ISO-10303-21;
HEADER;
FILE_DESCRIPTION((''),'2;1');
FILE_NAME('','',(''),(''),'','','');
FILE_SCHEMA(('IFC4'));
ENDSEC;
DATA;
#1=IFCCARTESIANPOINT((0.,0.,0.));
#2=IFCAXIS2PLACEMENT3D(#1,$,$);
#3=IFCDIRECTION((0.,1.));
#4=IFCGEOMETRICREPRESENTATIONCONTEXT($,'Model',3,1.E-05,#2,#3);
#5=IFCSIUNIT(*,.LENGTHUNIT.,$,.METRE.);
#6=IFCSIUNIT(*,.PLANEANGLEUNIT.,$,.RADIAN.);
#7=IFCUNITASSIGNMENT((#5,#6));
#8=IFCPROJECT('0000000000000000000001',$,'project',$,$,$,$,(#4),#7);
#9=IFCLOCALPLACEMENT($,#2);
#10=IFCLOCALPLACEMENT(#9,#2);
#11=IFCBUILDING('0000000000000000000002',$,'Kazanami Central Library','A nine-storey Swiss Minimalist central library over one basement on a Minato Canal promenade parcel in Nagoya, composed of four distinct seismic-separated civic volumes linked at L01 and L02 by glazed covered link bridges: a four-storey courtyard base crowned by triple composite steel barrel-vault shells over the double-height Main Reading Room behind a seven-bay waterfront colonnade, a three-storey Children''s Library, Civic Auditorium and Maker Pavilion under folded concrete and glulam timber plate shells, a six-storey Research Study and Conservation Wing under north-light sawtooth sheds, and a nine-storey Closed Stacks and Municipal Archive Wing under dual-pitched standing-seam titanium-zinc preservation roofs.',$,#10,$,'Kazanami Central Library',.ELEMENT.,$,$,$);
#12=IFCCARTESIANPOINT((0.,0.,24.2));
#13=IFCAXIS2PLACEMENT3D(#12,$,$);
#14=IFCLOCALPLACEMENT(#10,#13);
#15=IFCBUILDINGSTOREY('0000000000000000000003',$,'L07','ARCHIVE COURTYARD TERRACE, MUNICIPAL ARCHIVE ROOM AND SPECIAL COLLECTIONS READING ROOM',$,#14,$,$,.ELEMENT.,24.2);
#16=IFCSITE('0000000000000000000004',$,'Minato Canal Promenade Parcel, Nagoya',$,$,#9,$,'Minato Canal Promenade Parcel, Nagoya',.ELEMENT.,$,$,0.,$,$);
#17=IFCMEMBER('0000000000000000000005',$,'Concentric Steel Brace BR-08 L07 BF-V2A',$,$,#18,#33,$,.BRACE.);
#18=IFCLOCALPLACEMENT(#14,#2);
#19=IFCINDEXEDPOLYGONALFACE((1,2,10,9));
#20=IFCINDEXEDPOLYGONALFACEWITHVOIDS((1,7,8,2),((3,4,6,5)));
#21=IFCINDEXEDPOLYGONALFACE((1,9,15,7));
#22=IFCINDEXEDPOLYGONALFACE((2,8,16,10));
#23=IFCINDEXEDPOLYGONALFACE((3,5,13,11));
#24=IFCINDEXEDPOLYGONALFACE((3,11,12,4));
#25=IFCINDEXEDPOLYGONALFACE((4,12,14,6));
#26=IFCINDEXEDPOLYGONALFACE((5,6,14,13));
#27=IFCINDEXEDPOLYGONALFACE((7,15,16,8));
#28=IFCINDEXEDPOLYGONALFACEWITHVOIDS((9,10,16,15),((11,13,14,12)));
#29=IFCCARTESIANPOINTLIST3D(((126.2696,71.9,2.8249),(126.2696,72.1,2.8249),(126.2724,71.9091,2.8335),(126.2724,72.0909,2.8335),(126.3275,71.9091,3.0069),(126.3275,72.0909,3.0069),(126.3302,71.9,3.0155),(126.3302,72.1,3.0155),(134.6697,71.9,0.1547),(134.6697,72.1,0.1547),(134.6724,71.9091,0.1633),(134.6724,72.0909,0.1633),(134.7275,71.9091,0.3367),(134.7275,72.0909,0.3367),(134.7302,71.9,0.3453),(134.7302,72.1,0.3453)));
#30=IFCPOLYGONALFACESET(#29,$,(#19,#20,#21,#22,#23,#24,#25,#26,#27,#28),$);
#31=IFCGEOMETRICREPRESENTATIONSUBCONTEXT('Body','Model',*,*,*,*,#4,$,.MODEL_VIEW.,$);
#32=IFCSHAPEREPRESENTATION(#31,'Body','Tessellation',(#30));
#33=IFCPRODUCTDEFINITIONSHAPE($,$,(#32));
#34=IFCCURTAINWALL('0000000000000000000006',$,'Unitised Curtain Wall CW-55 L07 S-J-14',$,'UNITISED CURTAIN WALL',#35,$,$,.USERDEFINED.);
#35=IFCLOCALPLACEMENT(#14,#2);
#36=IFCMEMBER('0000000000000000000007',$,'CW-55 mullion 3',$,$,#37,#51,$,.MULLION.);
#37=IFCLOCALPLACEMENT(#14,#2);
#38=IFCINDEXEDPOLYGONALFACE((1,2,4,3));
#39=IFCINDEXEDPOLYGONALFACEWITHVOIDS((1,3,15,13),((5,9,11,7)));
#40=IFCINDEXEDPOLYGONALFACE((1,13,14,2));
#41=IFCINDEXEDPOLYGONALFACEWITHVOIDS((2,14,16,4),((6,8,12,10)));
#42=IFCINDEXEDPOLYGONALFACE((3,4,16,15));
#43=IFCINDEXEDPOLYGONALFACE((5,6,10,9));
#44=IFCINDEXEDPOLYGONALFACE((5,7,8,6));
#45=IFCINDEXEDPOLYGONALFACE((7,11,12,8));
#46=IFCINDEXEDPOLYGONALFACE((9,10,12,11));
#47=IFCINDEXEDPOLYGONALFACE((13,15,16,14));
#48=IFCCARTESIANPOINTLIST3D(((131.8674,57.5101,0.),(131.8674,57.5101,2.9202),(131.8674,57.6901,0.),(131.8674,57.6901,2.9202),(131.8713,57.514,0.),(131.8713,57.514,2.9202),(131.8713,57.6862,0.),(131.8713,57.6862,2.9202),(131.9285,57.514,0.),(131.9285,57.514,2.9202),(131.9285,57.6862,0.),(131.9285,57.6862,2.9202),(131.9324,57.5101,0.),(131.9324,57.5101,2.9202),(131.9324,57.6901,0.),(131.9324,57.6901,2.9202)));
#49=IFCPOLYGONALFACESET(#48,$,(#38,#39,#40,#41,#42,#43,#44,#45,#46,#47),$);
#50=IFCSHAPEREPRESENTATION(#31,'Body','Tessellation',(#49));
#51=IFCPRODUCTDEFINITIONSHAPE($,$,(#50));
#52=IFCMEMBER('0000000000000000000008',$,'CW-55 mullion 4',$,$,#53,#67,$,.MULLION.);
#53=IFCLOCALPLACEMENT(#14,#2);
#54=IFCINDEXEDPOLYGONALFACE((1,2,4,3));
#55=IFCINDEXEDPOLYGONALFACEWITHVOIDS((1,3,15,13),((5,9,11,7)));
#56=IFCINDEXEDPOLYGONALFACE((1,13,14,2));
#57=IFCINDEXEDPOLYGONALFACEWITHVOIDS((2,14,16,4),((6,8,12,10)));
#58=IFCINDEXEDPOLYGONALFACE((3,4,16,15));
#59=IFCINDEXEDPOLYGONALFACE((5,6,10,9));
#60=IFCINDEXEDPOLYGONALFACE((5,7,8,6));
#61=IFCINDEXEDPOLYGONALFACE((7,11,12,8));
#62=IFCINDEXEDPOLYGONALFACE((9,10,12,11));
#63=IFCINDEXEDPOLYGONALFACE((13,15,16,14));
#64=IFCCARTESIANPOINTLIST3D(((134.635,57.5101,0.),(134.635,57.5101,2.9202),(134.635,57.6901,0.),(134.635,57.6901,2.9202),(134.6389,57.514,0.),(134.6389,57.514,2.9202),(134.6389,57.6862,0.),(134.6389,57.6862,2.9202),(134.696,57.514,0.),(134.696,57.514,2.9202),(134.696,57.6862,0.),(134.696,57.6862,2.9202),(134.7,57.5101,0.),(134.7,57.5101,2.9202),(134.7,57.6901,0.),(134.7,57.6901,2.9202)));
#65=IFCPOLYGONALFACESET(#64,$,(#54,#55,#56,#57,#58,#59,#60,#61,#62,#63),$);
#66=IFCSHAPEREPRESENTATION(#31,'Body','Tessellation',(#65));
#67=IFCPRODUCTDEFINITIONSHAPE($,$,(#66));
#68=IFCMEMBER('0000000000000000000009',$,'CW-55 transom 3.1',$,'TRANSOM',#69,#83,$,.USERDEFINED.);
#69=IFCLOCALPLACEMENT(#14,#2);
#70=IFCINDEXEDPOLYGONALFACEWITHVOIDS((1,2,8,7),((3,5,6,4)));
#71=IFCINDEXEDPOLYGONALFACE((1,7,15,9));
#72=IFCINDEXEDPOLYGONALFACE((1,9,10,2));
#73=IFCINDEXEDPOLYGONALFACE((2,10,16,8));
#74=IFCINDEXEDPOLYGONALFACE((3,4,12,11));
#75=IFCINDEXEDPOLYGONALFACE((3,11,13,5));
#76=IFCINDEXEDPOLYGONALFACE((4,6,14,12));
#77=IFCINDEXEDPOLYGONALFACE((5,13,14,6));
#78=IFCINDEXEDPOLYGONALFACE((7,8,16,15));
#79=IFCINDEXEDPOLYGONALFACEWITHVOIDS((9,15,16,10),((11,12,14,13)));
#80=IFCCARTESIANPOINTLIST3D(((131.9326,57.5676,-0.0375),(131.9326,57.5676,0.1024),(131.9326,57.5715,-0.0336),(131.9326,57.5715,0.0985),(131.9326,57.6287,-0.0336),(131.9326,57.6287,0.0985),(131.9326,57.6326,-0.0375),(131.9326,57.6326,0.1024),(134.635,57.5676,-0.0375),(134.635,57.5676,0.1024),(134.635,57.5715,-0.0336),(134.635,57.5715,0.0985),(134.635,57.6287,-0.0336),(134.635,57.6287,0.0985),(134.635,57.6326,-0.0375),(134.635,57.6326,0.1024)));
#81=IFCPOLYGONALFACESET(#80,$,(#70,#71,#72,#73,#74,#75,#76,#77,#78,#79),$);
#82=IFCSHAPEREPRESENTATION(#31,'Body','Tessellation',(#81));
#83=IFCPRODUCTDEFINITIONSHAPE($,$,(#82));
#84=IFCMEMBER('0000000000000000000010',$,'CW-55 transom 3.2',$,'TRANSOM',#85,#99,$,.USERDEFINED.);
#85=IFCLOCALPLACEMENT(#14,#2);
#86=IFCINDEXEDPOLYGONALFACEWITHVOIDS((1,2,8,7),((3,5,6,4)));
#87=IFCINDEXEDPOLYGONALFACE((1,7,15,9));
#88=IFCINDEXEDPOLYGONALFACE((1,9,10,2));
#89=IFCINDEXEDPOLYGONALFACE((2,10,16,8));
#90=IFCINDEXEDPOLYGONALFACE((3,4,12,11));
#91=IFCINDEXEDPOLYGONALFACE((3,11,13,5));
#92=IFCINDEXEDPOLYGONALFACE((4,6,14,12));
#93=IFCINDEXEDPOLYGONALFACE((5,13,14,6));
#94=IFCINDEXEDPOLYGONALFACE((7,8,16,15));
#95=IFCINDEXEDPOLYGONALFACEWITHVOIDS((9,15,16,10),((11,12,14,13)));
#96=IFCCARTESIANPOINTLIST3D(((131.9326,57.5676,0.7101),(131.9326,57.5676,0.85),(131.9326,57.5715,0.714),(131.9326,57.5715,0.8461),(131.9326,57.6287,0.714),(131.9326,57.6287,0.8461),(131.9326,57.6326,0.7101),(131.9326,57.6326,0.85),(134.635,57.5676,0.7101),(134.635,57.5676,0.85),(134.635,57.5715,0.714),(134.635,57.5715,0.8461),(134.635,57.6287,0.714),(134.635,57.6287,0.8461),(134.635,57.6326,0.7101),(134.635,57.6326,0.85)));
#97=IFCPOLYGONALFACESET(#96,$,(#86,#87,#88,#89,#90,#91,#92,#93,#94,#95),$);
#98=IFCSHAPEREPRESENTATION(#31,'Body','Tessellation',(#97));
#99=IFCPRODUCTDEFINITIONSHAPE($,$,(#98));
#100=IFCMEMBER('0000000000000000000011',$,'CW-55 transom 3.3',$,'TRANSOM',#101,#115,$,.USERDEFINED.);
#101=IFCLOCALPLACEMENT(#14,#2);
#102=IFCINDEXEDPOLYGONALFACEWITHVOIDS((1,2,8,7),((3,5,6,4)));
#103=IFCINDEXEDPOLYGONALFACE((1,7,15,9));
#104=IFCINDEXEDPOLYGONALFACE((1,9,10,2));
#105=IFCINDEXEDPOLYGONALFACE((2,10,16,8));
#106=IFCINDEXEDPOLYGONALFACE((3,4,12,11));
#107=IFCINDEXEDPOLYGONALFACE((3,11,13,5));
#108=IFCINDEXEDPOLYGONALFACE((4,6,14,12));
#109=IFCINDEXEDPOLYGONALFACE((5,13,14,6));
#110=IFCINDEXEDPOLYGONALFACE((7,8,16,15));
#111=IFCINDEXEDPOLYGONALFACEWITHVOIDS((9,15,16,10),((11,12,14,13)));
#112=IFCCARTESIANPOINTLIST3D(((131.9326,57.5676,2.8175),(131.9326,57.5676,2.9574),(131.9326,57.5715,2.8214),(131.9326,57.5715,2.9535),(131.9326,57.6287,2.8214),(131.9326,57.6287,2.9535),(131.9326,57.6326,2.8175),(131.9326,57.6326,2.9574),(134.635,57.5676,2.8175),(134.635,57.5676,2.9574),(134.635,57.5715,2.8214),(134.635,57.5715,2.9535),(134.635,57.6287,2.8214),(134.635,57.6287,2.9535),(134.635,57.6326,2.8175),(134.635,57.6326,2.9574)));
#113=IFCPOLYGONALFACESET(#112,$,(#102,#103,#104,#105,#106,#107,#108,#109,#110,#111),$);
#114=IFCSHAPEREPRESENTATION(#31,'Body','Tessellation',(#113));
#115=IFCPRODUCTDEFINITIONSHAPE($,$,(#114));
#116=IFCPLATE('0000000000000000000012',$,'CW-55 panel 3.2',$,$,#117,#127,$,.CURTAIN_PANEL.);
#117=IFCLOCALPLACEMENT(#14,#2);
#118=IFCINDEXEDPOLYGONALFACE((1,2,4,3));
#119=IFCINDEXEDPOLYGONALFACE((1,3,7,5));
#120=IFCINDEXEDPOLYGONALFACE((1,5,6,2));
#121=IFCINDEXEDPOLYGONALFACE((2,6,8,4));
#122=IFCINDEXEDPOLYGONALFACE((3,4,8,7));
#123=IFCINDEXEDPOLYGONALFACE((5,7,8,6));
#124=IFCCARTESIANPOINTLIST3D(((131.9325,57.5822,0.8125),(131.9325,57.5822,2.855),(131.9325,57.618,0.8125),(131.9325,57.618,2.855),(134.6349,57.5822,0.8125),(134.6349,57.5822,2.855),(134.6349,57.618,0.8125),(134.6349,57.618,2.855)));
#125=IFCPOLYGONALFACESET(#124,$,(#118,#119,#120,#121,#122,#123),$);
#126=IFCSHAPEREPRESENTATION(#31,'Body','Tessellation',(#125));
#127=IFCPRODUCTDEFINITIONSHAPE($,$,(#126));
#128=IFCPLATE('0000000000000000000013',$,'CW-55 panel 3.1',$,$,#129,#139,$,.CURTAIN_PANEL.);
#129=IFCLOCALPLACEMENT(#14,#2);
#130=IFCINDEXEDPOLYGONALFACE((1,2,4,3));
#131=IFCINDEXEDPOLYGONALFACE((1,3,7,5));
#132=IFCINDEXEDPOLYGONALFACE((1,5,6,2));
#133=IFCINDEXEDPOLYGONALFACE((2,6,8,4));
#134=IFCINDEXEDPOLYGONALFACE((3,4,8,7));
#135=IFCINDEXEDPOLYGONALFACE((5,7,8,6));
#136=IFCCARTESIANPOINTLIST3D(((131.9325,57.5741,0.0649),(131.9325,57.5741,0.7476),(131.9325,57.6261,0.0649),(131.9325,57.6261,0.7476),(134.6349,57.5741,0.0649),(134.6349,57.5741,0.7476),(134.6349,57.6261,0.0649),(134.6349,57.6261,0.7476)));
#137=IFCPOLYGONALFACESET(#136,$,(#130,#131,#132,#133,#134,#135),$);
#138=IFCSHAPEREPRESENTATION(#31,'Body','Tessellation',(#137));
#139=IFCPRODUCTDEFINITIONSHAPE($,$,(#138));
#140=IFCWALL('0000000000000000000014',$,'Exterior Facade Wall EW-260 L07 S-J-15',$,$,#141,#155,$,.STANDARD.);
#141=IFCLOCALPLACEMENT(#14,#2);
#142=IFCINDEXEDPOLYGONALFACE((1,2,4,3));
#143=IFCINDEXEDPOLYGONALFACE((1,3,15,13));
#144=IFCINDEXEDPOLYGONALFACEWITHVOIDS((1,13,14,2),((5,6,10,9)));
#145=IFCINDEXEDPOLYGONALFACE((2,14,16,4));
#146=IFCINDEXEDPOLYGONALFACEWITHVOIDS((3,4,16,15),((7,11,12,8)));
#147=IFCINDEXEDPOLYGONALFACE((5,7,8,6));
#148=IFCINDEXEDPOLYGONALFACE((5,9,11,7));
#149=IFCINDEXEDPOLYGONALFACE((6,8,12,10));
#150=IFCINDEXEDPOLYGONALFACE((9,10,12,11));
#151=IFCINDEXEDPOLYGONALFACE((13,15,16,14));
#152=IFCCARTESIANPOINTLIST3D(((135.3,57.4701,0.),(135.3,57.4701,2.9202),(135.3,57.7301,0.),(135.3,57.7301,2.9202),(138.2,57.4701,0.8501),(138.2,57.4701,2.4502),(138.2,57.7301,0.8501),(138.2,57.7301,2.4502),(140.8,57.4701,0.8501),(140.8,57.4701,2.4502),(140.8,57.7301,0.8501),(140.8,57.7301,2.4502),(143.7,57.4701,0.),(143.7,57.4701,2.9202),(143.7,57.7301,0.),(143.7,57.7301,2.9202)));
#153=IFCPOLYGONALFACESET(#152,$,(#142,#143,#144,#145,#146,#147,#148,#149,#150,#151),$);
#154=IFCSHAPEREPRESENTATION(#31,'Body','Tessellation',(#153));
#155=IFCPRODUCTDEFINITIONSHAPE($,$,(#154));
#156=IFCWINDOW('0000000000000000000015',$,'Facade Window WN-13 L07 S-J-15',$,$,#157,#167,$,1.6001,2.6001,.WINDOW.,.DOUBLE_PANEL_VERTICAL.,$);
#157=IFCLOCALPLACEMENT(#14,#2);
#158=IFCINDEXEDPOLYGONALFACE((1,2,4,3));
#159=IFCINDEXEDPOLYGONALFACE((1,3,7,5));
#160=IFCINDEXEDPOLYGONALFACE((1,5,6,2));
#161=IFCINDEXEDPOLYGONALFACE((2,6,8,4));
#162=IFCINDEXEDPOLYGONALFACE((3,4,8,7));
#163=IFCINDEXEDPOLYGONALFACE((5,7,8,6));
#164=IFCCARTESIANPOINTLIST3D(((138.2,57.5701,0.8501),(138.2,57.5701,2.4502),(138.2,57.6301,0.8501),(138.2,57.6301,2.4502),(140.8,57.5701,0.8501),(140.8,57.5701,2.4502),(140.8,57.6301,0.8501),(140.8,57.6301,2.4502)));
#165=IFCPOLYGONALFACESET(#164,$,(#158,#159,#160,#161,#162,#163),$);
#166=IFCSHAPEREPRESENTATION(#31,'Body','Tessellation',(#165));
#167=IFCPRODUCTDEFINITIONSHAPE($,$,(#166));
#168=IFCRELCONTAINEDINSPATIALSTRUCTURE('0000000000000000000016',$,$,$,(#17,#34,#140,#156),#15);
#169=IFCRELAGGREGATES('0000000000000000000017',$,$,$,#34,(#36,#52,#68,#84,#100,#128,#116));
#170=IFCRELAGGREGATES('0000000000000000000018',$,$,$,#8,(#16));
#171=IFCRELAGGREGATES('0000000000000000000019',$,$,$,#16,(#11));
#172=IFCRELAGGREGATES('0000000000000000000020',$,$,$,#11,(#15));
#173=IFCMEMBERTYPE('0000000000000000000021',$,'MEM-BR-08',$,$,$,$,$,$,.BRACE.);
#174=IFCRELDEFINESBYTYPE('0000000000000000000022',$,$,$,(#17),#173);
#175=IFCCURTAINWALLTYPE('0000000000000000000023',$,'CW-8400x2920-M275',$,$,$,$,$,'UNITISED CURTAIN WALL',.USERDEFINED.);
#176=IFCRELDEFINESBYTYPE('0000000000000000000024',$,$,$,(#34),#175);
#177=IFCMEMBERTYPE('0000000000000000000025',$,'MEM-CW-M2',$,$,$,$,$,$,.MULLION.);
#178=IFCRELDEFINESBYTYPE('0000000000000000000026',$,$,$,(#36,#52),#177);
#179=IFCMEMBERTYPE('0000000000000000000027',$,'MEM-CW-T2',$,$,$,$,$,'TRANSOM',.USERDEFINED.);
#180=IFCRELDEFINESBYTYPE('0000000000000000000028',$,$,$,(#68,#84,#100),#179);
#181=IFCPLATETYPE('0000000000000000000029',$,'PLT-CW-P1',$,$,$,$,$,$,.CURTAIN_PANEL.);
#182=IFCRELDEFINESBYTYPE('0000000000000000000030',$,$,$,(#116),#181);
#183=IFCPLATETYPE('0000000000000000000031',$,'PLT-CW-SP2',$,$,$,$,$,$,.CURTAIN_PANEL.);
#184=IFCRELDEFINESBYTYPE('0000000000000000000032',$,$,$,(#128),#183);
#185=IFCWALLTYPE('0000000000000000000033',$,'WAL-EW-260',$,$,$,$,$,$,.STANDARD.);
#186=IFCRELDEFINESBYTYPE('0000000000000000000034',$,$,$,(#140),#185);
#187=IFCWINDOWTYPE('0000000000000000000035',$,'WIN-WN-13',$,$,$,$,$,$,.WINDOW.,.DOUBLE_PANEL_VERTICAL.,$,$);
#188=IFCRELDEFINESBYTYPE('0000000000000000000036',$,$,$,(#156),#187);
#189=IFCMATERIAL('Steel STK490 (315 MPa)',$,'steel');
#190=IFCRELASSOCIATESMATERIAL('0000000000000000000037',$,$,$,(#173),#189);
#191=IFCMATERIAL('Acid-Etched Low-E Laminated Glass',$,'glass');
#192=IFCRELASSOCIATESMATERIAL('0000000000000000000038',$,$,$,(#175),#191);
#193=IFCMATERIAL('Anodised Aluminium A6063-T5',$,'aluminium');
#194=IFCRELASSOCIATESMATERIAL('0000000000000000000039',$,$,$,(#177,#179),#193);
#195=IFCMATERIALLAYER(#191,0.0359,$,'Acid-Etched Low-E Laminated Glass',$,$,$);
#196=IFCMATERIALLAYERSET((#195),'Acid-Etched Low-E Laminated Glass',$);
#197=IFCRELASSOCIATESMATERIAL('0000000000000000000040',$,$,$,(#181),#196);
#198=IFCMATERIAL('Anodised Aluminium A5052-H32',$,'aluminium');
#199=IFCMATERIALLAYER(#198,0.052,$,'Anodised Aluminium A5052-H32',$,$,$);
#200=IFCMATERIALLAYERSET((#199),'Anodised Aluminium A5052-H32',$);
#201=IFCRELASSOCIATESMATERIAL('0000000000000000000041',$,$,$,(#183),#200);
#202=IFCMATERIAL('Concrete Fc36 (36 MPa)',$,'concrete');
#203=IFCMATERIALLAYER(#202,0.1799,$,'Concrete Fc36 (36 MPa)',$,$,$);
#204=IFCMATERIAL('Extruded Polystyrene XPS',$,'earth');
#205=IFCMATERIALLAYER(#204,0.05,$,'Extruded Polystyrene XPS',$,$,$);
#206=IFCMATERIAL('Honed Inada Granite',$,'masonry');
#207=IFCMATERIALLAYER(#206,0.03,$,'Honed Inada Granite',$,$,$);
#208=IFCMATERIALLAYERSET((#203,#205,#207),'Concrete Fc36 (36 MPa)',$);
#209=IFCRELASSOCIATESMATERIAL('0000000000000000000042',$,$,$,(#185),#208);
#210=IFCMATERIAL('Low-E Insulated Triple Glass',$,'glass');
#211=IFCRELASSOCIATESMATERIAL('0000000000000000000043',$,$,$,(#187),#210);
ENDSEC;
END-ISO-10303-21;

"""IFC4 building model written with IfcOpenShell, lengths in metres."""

from ifc_helpers import new_model, si_unit, direction, frame, frame_2d, origin, origin_2d, place, context, subcontext, project, spatial, rectangle, hollow_rectangle, extrude, material, layer, layer_set, material_profile, profile_set, type_object, element, fill, aggregate, save


model = new_model("IFC4")

# Units and contexts
model_context = context("Model", 3, precision=1e-05, world=origin(), true_north=direction((0.0, 1.0)))
body_context = subcontext(model_context, "Body", "Model", "MODEL_VIEW")
ifc_project = project(units=[si_unit("LENGTHUNIT", "METRE"), si_unit("PLANEANGLEUNIT", "RADIAN")], contexts=[model_context])

# Site, building, storey
site_placement = place(None, origin())
site = spatial("IfcSite", under=ifc_project, at=site_placement, Name="Minato Canal Promenade Parcel, Nagoya", LongName="Minato Canal Promenade Parcel, Nagoya", CompositionType="ELEMENT", RefElevation=0.0)
building_placement = place(site_placement, origin())
building = spatial("IfcBuilding", under=site, at=building_placement, Name="Kazanami Central Library", Description="A nine-storey Swiss Minimalist central library over one basement on a Minato Canal promenade parcel in Nagoya, composed of four distinct seismic-separated civic volumes linked at L01 and L02 by glazed covered link bridges: a four-storey courtyard base crowned by triple composite steel barrel-vault shells over the double-height Main Reading Room behind a seven-bay waterfront colonnade, a three-storey Children's Library, Civic Auditorium and Maker Pavilion under folded concrete and glulam timber plate shells, a six-storey Research Study and Conservation Wing under north-light sawtooth sheds, and a nine-storey Closed Stacks and Municipal Archive Wing under dual-pitched standing-seam titanium-zinc preservation roofs.", LongName="Kazanami Central Library", CompositionType="ELEMENT")
storey_placement = place(building_placement, frame((0.0, 0.0, 24.2)))
storey = spatial("IfcBuildingStorey", under=building, at=storey_placement, Name="L07", Description="ARCHIVE COURTYARD TERRACE, MUNICIPAL ARCHIVE ROOM AND SPECIAL COLLECTIONS READING ROOM", CompositionType="ELEMENT", Elevation=24.2)

# Member
ifc_material_1 = material(Name="Steel STK490 (315 MPa)", Category="steel")
ifc_material_profile_1 = material_profile(ifc_material_1, hollow_rectangle(XDim=0.2, YDim=0.2, WallThickness=0.009, at=origin_2d()), Name="STKR-200x200x9")
ifc_profile_set_1 = profile_set([ifc_material_profile_1], Name="Steel STK490 (315 MPa)")
member_type_1 = type_object("IfcMemberType", Name="MEM-BR-08", PredefinedType="BRACE", material=ifc_profile_set_1)
member_1_placement = place(storey_placement, frame((134.7, 72.0, 0.25), z_axis=(-0.953009, 0.0, 0.302943), x_axis=(0.0, -1.0, 0.0)))
element("IfcMember", 1, at=member_1_placement, inside=storey, type_object=member_type_1, Name="Concentric Steel Brace BR-08 L07 BF-V2A", PredefinedType="BRACE", context=body_context, shape_type="SweptSolid", body=[
    extrude(hollow_rectangle(XDim=0.2, YDim=0.2, WallThickness=0.009, at=origin_2d()), origin(), (0.0, 0.0, 1.0), 8.8142),
])

# Curtain wall, members, plates
ifc_material_2 = material(Name="Acid-Etched Low-E Laminated Glass", Category="glass")
curtain_wall_type = type_object("IfcCurtainWallType", Name="CW-8400x2920-M275", ElementType="UNITISED CURTAIN WALL", PredefinedType="USERDEFINED", material=ifc_material_2)
curtain_wall_placement = place(storey_placement, origin())
curtain_wall = element("IfcCurtainWall", 2, at=curtain_wall_placement, inside=storey, type_object=curtain_wall_type, Name="Unitised Curtain Wall CW-55 L07 S-J-14", ObjectType="UNITISED CURTAIN WALL", PredefinedType="USERDEFINED")
ifc_material_3 = material(Name="Anodised Aluminium A6063-T5", Category="aluminium")
ifc_material_profile_2 = material_profile(ifc_material_3, hollow_rectangle(XDim=0.0649, YDim=0.1799, WallThickness=0.0039, at=origin_2d()), Name="ALU-MULL-65x180x4")
ifc_profile_set_2 = profile_set([ifc_material_profile_2], Name="Anodised Aluminium A6063-T5")
member_type_2 = type_object("IfcMemberType", Name="MEM-CW-M2", PredefinedType="MULLION", material=ifc_profile_set_2)
member_2_placement = place(storey_placement, frame((131.8999, 57.6001, 0.0), z_axis=(0.0, 0.0, 1.0), x_axis=(1.0, 0.0, 0.0)))
member_2 = element("IfcMember", 3, at=member_2_placement, type_object=member_type_2, Name="CW-55 mullion 3", PredefinedType="MULLION", context=body_context, shape_type="SweptSolid", body=[
    extrude(hollow_rectangle(XDim=0.0649, YDim=0.1799, WallThickness=0.0039, at=origin_2d()), origin(), (0.0, 0.0, 1.0), 2.9202),
])
member_3_placement = place(storey_placement, frame((134.6675, 57.6001, 0.0), z_axis=(0.0, 0.0, 1.0), x_axis=(1.0, 0.0, 0.0)))
member_3 = element("IfcMember", 4, at=member_3_placement, type_object=member_type_2, Name="CW-55 mullion 4", PredefinedType="MULLION", context=body_context, shape_type="SweptSolid", body=[
    extrude(hollow_rectangle(XDim=0.0649, YDim=0.1799, WallThickness=0.0039, at=origin_2d()), origin(), (0.0, 0.0, 1.0), 2.9202),
])
ifc_material_profile_3 = material_profile(ifc_material_3, hollow_rectangle(XDim=0.0649, YDim=0.1399, WallThickness=0.0039, at=origin_2d()), Name="ALU-TRAN-65x140x4")
ifc_profile_set_3 = profile_set([ifc_material_profile_3], Name="Anodised Aluminium A6063-T5")
member_type_3 = type_object("IfcMemberType", Name="MEM-CW-T2", ElementType="TRANSOM", PredefinedType="USERDEFINED", material=ifc_profile_set_3)
member_4_placement = place(storey_placement, frame((131.9326, 57.6001, 0.0325), z_axis=(1.0, 0.0, 0.0), x_axis=(0.0, 1.0, 0.0)))
member_4 = element("IfcMember", 5, at=member_4_placement, type_object=member_type_3, Name="CW-55 transom 3.1", ObjectType="TRANSOM", PredefinedType="USERDEFINED", context=body_context, shape_type="SweptSolid", body=[
    extrude(hollow_rectangle(XDim=0.0649, YDim=0.1399, WallThickness=0.0039, at=origin_2d()), origin(), (0.0, 0.0, 1.0), 2.7024),
])
member_5_placement = place(storey_placement, frame((131.9326, 57.6001, 0.78), z_axis=(1.0, 0.0, 0.0), x_axis=(0.0, 1.0, 0.0)))
member_5 = element("IfcMember", 6, at=member_5_placement, type_object=member_type_3, Name="CW-55 transom 3.2", ObjectType="TRANSOM", PredefinedType="USERDEFINED", context=body_context, shape_type="SweptSolid", body=[
    extrude(hollow_rectangle(XDim=0.0649, YDim=0.1399, WallThickness=0.0039, at=origin_2d()), origin(), (0.0, 0.0, 1.0), 2.7024),
])
member_6_placement = place(storey_placement, frame((131.9326, 57.6001, 2.8875), z_axis=(1.0, 0.0, 0.0), x_axis=(0.0, 1.0, 0.0)))
member_6 = element("IfcMember", 7, at=member_6_placement, type_object=member_type_3, Name="CW-55 transom 3.3", ObjectType="TRANSOM", PredefinedType="USERDEFINED", context=body_context, shape_type="SweptSolid", body=[
    extrude(hollow_rectangle(XDim=0.0649, YDim=0.1399, WallThickness=0.0039, at=origin_2d()), origin(), (0.0, 0.0, 1.0), 2.7024),
])
ifc_layer_1 = layer(ifc_material_2, 0.0359, Name="Acid-Etched Low-E Laminated Glass")
ifc_layer_set_1 = layer_set([ifc_layer_1], Name="Acid-Etched Low-E Laminated Glass")
plate_type_1 = type_object("IfcPlateType", Name="PLT-CW-P1", PredefinedType="CURTAIN_PANEL", material=ifc_layer_set_1)
plate_1_placement = place(storey_placement, frame((133.2837, 57.6001, 0.8125), z_axis=(0.0, 0.0, 1.0), x_axis=(1.0, 0.0, 0.0)))
plate_1 = element("IfcPlate", 8, at=plate_1_placement, type_object=plate_type_1, Name="CW-55 panel 3.2", PredefinedType="CURTAIN_PANEL", context=body_context, shape_type="SweptSolid", body=[
    extrude(rectangle(XDim=2.7024, YDim=0.0359, at=origin_2d()), origin(), (0.0, 0.0, 1.0), 2.0425),
])
ifc_material_4 = material(Name="Anodised Aluminium A5052-H32", Category="aluminium")
ifc_layer_2 = layer(ifc_material_4, 0.052, Name="Anodised Aluminium A5052-H32")
ifc_layer_set_2 = layer_set([ifc_layer_2], Name="Anodised Aluminium A5052-H32")
plate_type_2 = type_object("IfcPlateType", Name="PLT-CW-SP2", PredefinedType="CURTAIN_PANEL", material=ifc_layer_set_2)
plate_2_placement = place(storey_placement, frame((133.2837, 57.6001, 0.0649), z_axis=(0.0, 0.0, 1.0), x_axis=(1.0, 0.0, 0.0)))
plate_2 = element("IfcPlate", 9, at=plate_2_placement, type_object=plate_type_2, Name="CW-55 panel 3.1", PredefinedType="CURTAIN_PANEL", context=body_context, shape_type="SweptSolid", body=[
    extrude(rectangle(XDim=2.7024, YDim=0.052, at=origin_2d()), origin(), (0.0, 0.0, 1.0), 0.6826),
])
aggregate(curtain_wall, [member_2, member_3, member_4, member_5, member_6, plate_2, plate_1])

# Wall, opening, window
ifc_material_5 = material(Name="Concrete Fc36 (36 MPa)", Category="concrete")
ifc_layer_3 = layer(ifc_material_5, 0.1799, Name="Concrete Fc36 (36 MPa)")
ifc_material_6 = material(Name="Extruded Polystyrene XPS", Category="earth")
ifc_layer_4 = layer(ifc_material_6, 0.05, Name="Extruded Polystyrene XPS")
ifc_material_7 = material(Name="Honed Inada Granite", Category="masonry")
ifc_layer_5 = layer(ifc_material_7, 0.03, Name="Honed Inada Granite")
ifc_layer_set_3 = layer_set([ifc_layer_3, ifc_layer_4, ifc_layer_5], Name="Concrete Fc36 (36 MPa)")
wall_type_1 = type_object("IfcWallType", Name="WAL-EW-260", PredefinedType="STANDARD", material=ifc_layer_set_3)
wall_1_placement = place(storey_placement, frame((135.3, 57.6001, 0.0), z_axis=(0.0, 0.0, 1.0), x_axis=(1.0, 0.0, 0.0)))
wall_1 = element("IfcWall", 10, at=wall_1_placement, inside=storey, type_object=wall_type_1, Name="Exterior Facade Wall EW-260 L07 S-J-15", PredefinedType="STANDARD", context=body_context, shape_type="SweptSolid", body=[
    extrude(rectangle(XDim=8.3999, YDim=0.26, at=frame_2d((4.2, 0.0))), origin(), (0.0, 0.0, 1.0), 2.9202),
])
opening_1_placement = place(wall_1_placement, frame((2.8999, 0.0, 0.8501)))
opening_1 = element("IfcOpeningElement", 11, at=opening_1_placement, cuts=wall_1, PredefinedType="OPENING", context=body_context, shape_type="SweptSolid", body=[
    extrude(rectangle(XDim=2.6001, YDim=1.6001, at=frame_2d((1.3, 0.8))), frame((0.0, 0.1421, 0.0), z_axis=(0.0, -1.0, 0.0), x_axis=(1.0, 0.0, 0.0)), (0.0, 0.0, 1.0), 0.2839),
])
ifc_material_8 = material(Name="Low-E Insulated Triple Glass", Category="glass")
window_type = type_object("IfcWindowType", Name="WIN-WN-13", PartitioningType="DOUBLE_PANEL_VERTICAL", PredefinedType="WINDOW", material=ifc_material_8)
window_placement = place(opening_1_placement, origin())
window = element("IfcWindow", 12, at=window_placement, inside=storey, type_object=window_type, Name="Facade Window WN-13 L07 S-J-15", OverallHeight=1.6001, OverallWidth=2.6001, PartitioningType="DOUBLE_PANEL_VERTICAL", PredefinedType="WINDOW", context=body_context, shape_type="SweptSolid", body=[
    extrude(rectangle(XDim=2.6001, YDim=1.6001, at=frame_2d((1.3, 0.8))), frame((0.0, 0.03, 0.0), z_axis=(0.0, -1.0, 0.0), x_axis=(1.0, 0.0, 0.0)), (0.0, 0.0, 1.0), 0.0601),
])
fill(opening_1, window)

save(model, "model.ifc")
